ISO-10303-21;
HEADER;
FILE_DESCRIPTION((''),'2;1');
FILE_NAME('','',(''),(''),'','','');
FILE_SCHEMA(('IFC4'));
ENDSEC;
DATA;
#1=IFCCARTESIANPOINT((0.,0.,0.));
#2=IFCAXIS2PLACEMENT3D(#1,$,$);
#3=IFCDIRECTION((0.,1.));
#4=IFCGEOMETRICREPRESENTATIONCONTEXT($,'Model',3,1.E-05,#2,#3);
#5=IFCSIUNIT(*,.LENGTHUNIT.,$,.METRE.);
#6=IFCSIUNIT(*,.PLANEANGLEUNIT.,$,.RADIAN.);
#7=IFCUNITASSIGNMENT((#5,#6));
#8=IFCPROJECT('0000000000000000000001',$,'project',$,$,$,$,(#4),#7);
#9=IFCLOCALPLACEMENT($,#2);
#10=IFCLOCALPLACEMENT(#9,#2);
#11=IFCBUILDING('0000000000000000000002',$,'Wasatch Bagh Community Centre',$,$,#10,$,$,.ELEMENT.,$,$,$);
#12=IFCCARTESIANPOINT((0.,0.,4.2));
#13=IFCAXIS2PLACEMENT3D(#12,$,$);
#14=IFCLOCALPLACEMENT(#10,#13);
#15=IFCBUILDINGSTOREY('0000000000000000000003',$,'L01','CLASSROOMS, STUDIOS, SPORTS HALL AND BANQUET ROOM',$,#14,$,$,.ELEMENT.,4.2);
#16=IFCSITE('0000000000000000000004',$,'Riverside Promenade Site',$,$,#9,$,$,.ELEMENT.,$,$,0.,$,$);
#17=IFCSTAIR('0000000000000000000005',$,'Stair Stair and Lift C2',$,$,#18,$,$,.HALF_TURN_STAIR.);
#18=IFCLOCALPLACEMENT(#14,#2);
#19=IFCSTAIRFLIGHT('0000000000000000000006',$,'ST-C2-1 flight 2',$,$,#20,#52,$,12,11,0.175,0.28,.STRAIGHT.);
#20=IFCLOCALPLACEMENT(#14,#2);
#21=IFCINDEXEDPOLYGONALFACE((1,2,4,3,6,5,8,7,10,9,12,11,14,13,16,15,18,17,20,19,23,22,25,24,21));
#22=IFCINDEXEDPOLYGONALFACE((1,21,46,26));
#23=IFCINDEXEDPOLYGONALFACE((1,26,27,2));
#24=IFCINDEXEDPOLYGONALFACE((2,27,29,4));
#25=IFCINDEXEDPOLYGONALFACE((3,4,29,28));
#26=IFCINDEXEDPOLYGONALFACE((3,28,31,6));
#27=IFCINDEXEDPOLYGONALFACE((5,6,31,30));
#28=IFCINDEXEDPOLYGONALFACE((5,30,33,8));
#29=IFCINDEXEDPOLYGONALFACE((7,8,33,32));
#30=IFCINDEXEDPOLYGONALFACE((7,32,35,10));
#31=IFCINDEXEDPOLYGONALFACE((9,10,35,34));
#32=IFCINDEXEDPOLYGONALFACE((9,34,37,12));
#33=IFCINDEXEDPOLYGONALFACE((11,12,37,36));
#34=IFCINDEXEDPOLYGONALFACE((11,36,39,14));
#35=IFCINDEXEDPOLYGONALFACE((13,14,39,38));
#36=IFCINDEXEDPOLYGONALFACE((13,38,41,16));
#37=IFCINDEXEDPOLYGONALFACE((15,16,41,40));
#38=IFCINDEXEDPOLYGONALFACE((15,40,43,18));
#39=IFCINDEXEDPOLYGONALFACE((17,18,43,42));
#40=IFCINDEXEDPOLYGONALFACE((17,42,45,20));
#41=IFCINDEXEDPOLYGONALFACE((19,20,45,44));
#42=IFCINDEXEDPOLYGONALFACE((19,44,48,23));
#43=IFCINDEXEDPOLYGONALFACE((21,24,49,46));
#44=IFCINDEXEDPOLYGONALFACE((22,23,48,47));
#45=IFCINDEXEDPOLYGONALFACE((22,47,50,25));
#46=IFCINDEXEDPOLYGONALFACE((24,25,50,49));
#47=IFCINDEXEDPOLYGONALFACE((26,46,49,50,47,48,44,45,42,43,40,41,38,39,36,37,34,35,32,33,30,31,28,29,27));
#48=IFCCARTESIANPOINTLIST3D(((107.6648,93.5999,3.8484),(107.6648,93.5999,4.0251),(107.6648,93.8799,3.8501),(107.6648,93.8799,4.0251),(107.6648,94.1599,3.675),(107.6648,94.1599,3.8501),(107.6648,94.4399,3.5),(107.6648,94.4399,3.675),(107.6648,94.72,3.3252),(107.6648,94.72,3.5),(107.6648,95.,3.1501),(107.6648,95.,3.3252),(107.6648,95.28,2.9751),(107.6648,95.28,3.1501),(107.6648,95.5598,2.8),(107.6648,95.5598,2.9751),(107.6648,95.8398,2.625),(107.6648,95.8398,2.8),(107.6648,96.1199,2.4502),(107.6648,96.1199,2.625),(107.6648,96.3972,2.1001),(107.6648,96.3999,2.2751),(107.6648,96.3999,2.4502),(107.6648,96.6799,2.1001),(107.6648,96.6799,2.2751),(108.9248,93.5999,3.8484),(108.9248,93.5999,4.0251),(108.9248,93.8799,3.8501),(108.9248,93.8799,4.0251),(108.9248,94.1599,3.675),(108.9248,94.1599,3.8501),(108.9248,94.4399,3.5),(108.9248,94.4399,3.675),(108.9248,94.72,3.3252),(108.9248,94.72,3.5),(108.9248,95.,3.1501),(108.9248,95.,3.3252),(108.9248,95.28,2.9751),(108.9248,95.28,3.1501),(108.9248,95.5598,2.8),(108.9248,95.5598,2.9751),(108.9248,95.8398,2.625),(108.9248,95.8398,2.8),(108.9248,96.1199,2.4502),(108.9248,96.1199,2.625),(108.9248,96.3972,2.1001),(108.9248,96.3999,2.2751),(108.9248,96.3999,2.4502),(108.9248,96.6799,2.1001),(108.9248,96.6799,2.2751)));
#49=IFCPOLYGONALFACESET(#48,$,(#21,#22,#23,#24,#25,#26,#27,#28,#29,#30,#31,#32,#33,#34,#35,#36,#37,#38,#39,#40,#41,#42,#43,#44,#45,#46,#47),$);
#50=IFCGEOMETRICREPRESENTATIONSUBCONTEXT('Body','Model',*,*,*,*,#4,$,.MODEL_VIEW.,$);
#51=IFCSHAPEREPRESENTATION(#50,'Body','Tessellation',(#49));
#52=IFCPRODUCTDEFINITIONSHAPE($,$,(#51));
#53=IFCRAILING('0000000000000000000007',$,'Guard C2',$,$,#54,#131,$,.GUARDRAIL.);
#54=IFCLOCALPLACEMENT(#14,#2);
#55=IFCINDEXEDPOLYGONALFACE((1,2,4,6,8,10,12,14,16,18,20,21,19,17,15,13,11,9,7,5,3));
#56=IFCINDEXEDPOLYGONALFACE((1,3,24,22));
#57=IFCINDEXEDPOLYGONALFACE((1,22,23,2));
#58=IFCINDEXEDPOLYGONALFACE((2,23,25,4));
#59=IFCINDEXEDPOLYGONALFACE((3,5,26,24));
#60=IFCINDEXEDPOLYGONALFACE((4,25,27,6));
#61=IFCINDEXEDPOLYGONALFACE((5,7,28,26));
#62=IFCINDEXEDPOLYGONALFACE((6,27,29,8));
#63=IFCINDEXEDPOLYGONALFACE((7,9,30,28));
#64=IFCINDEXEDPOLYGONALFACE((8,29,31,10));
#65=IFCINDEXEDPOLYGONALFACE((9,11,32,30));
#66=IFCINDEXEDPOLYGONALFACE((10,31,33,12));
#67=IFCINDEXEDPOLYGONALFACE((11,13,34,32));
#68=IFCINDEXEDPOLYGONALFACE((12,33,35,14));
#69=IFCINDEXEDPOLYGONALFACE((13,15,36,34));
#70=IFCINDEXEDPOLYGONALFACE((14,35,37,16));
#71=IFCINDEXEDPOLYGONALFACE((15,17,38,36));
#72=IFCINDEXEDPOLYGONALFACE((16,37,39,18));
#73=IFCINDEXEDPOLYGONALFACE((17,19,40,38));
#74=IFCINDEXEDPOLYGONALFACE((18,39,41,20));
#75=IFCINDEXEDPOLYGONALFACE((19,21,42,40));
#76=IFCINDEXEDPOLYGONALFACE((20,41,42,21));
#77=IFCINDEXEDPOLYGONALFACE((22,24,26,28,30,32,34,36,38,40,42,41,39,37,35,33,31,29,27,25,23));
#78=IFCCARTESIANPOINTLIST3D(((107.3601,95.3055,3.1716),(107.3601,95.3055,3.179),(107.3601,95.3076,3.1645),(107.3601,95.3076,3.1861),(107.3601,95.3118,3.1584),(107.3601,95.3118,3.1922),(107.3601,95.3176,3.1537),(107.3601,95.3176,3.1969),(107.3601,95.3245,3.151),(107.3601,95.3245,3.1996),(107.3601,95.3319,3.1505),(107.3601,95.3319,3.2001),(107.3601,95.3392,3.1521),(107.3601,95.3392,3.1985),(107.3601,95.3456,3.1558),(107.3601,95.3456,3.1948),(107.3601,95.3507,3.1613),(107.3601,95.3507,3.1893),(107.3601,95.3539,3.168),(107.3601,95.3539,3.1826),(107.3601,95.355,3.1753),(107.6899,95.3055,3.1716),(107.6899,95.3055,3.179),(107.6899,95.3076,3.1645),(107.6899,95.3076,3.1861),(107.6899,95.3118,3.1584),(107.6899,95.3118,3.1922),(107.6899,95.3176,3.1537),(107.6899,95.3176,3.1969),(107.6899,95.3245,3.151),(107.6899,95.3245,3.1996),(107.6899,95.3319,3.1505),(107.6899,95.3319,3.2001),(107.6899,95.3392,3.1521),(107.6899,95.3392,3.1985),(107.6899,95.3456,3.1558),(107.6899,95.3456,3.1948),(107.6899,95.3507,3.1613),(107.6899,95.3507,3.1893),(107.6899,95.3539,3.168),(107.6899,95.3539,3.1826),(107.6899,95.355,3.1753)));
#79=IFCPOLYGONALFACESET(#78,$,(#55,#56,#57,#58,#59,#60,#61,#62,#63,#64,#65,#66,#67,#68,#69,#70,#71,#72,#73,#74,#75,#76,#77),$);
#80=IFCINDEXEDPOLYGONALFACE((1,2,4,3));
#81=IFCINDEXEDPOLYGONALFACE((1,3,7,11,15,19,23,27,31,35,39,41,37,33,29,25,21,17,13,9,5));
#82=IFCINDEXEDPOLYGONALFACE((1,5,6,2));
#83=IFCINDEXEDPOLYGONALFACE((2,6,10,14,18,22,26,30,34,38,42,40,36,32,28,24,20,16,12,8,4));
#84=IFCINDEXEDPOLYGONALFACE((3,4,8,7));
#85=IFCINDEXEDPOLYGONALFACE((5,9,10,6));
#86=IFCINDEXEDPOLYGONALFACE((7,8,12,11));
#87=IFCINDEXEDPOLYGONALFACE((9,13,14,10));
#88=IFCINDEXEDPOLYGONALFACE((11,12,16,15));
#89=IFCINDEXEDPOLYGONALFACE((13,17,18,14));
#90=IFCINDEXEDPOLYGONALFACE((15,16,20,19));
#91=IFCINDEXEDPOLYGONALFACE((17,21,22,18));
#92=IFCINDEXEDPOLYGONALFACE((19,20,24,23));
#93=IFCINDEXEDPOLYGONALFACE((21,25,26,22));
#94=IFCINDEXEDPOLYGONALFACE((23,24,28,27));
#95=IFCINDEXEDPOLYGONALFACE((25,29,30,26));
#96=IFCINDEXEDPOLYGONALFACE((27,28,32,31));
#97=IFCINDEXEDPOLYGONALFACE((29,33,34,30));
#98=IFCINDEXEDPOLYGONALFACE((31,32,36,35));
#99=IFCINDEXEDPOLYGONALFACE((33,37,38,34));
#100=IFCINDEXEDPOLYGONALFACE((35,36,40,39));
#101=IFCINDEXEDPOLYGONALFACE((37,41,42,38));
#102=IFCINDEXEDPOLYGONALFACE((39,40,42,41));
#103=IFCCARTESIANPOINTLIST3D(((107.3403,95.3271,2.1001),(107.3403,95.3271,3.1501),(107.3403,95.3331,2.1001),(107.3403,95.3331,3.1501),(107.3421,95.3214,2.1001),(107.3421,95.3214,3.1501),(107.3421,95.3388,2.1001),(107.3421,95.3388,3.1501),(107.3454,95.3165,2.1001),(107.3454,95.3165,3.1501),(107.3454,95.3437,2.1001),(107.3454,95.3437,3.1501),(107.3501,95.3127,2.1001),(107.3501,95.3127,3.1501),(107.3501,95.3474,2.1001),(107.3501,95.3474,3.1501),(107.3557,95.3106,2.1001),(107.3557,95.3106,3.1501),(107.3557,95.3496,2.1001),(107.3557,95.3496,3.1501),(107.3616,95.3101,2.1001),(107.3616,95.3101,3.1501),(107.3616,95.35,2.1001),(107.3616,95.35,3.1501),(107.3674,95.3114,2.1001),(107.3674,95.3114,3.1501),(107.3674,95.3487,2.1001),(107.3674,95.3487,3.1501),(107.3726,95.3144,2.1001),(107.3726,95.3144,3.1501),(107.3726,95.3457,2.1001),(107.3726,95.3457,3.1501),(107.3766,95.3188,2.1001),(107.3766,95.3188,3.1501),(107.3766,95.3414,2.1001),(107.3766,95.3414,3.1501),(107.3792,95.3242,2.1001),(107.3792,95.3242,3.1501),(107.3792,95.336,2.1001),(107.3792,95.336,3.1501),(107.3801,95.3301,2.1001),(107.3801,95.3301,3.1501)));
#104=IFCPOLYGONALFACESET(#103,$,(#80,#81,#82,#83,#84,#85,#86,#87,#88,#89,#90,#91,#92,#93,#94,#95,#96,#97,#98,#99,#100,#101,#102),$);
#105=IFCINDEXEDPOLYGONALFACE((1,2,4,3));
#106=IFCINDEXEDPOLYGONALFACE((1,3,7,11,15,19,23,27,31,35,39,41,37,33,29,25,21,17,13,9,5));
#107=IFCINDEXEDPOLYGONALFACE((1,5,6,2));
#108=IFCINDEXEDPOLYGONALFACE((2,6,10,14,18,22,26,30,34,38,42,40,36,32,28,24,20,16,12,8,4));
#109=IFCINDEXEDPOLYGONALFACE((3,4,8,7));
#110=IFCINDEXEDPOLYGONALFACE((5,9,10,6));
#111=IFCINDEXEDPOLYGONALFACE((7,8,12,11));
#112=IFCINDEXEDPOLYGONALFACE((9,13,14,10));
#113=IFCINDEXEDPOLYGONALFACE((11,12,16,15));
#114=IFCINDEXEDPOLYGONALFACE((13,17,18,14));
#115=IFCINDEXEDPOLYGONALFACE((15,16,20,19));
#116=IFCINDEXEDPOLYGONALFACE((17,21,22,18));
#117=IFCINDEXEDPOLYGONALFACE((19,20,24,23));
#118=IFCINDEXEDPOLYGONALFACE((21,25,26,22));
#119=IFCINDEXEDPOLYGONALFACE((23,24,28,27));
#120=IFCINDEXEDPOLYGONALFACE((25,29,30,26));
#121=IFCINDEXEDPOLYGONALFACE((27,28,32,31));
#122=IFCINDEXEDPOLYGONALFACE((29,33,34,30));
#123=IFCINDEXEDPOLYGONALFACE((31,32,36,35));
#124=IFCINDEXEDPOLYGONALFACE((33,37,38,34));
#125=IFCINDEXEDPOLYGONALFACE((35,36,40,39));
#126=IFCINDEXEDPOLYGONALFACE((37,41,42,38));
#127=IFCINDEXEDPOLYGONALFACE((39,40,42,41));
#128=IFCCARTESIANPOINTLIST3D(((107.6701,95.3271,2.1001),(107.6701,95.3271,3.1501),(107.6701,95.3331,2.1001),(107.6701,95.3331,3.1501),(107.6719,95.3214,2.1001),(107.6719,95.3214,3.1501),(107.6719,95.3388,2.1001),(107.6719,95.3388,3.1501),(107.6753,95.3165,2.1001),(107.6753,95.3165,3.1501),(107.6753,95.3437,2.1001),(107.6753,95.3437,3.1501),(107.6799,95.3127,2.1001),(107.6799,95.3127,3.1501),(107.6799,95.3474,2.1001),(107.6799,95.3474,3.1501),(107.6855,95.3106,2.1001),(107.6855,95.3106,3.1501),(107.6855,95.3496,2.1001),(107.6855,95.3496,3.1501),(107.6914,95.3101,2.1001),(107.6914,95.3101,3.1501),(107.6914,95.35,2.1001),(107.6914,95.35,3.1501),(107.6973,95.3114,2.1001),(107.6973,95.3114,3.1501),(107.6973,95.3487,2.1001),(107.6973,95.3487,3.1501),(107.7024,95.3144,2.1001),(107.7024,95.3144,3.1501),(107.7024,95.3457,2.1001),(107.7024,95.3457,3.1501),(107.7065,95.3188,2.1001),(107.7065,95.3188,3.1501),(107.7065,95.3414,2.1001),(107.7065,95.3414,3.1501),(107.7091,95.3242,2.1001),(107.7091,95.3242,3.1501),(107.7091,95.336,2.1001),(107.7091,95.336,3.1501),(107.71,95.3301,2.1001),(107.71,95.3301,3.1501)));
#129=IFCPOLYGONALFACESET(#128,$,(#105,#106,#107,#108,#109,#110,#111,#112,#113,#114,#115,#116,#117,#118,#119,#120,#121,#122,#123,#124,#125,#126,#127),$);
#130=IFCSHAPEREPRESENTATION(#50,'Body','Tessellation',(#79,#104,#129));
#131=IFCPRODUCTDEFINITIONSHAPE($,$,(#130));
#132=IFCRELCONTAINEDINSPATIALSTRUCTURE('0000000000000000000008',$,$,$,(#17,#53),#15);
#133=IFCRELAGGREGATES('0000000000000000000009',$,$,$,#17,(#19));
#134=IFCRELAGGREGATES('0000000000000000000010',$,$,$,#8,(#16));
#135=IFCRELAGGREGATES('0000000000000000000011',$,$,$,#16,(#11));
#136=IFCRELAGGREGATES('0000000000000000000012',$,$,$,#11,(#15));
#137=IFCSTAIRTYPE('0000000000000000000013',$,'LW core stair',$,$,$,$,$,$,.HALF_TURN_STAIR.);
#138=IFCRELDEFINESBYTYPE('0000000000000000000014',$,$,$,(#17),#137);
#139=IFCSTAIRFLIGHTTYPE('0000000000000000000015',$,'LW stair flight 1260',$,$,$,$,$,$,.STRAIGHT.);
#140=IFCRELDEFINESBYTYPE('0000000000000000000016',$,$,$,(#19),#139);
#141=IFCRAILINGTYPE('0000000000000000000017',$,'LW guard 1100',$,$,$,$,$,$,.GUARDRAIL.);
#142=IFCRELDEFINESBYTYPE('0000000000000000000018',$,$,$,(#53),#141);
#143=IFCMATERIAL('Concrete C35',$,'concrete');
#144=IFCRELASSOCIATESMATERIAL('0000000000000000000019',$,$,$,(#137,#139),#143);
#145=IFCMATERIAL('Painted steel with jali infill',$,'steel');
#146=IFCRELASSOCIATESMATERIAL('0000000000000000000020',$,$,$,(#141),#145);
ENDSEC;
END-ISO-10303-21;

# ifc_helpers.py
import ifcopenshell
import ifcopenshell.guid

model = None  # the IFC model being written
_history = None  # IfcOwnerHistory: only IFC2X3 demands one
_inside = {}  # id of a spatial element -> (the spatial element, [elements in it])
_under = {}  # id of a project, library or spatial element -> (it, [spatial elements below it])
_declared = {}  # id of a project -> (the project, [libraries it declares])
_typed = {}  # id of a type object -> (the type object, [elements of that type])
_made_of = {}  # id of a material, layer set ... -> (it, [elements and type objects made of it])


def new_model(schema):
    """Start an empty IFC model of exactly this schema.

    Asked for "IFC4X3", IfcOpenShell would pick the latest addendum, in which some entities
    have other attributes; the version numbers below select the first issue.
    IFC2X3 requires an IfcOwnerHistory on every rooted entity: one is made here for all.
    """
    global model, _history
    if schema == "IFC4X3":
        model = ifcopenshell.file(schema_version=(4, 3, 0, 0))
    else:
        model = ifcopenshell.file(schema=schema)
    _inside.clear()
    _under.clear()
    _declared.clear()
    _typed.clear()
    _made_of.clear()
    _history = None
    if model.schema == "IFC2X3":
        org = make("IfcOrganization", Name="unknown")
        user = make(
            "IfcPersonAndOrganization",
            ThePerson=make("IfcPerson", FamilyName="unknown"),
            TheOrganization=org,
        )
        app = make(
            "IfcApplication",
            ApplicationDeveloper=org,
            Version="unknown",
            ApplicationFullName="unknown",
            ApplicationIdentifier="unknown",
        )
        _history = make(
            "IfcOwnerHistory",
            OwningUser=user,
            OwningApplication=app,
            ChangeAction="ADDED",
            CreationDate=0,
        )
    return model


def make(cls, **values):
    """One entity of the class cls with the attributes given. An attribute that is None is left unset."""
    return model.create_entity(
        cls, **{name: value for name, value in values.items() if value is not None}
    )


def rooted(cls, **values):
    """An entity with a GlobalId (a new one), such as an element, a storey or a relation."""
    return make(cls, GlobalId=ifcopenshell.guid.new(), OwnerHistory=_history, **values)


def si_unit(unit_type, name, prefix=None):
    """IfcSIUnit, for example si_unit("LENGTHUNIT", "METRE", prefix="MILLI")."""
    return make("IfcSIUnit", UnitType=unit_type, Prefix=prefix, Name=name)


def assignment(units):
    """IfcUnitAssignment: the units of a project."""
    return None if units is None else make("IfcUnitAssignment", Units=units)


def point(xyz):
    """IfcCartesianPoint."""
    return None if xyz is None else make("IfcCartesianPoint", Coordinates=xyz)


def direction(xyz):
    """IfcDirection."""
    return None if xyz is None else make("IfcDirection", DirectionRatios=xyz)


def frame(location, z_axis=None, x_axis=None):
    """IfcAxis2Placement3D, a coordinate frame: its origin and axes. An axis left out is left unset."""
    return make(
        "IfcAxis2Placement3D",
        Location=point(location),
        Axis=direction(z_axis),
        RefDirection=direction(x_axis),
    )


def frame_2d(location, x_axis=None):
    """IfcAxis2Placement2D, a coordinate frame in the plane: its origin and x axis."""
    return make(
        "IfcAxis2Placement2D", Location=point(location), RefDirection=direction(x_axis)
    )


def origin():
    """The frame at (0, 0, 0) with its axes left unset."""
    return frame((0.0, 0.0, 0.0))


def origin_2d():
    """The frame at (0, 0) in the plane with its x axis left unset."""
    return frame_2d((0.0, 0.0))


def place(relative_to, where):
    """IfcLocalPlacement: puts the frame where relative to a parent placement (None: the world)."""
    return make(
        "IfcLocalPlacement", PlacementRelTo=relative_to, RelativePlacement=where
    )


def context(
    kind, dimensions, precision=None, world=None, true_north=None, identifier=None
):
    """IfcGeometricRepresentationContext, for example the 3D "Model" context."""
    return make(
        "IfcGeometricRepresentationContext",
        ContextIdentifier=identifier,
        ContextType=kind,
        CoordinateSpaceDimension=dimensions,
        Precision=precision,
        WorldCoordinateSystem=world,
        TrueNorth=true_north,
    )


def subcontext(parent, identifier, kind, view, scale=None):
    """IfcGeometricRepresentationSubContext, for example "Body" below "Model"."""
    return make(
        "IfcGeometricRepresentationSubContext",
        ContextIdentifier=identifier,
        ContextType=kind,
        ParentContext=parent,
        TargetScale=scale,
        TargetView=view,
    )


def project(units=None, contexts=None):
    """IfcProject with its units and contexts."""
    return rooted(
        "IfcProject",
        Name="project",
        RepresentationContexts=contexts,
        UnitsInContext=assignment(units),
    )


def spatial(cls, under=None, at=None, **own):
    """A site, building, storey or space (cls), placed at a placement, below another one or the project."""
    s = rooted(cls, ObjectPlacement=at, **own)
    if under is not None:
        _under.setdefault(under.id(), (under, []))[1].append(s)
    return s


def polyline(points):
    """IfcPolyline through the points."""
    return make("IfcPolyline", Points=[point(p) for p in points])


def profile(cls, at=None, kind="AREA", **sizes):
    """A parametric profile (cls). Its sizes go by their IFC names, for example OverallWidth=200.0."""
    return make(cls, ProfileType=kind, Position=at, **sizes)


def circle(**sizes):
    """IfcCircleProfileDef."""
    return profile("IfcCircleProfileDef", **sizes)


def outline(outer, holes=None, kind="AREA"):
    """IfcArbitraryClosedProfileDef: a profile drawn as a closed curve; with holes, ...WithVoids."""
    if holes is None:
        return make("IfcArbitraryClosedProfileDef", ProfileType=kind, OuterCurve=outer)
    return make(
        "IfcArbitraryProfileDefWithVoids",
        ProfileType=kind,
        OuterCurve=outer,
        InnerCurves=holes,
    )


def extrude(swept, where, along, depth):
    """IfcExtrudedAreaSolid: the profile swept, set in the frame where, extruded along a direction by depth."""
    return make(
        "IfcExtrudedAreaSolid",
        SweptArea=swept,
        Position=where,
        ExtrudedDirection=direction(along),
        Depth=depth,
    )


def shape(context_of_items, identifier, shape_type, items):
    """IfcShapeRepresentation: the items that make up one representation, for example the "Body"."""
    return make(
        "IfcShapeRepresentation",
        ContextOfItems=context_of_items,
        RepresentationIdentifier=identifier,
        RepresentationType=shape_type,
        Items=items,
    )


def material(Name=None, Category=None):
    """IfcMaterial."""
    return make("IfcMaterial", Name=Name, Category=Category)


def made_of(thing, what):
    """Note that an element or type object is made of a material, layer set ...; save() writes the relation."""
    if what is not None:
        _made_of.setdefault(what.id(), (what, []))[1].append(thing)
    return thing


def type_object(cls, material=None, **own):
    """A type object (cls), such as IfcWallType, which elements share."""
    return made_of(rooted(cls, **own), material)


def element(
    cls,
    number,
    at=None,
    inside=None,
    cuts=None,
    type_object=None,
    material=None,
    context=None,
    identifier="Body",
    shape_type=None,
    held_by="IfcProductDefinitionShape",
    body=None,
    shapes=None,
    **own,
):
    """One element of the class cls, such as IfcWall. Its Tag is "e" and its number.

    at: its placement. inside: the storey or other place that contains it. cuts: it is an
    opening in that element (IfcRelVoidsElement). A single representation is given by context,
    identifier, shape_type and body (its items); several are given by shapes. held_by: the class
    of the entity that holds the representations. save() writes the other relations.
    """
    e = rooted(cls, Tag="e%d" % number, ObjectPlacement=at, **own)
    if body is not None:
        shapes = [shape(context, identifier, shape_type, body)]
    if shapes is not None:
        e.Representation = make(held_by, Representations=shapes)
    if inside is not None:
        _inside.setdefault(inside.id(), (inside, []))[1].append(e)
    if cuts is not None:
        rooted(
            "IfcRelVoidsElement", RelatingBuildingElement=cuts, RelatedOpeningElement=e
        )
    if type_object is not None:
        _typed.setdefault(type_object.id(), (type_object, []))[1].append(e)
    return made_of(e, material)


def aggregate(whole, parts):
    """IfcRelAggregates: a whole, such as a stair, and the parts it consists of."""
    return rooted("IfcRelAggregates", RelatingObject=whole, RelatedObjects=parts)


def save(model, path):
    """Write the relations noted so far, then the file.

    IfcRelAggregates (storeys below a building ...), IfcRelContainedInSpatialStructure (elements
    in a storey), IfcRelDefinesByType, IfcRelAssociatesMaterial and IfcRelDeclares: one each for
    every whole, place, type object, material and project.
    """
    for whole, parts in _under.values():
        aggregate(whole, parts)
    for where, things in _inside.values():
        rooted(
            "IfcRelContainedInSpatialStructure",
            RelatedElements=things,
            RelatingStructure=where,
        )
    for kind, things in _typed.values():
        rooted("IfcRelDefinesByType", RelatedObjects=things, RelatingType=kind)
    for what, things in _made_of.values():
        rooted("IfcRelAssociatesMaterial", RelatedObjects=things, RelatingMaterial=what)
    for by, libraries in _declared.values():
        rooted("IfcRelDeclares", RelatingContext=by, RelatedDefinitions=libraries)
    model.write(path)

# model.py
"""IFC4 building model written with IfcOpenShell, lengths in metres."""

from ifc_helpers import new_model, si_unit, direction, frame, origin, origin_2d, place, context, subcontext, project, spatial, polyline, circle, outline, extrude, material, type_object, element, aggregate, save


model = new_model("IFC4")

# Units and contexts
model_context = context("Model", 3, precision=1e-05, world=origin(), true_north=direction((0.0, 1.0)))
body_context = subcontext(model_context, "Body", "Model", "MODEL_VIEW")
ifc_project = project(units=[si_unit("LENGTHUNIT", "METRE"), si_unit("PLANEANGLEUNIT", "RADIAN")], contexts=[model_context])

# Site, building, storey
site_placement = place(None, origin())
site = spatial("IfcSite", under=ifc_project, at=site_placement, Name="Riverside Promenade Site", CompositionType="ELEMENT", RefElevation=0.0)
building_placement = place(site_placement, origin())
building = spatial("IfcBuilding", under=site, at=building_placement, Name="Wasatch Bagh Community Centre", CompositionType="ELEMENT")
storey_placement = place(building_placement, frame((0.0, 0.0, 4.2)))
storey = spatial("IfcBuildingStorey", under=building, at=storey_placement, Name="L01", Description="CLASSROOMS, STUDIOS, SPORTS HALL AND BANQUET ROOM", CompositionType="ELEMENT", Elevation=4.2)

# Stair, stair flight
ifc_material_1 = material(Name="Concrete C35", Category="concrete")
stair_type = type_object("IfcStairType", Name="LW core stair", PredefinedType="HALF_TURN_STAIR", material=ifc_material_1)
stair_placement = place(storey_placement, origin())
stair = element("IfcStair", 1, at=stair_placement, inside=storey, type_object=stair_type, Name="Stair Stair and Lift C2", PredefinedType="HALF_TURN_STAIR")
stair_flight_type = type_object("IfcStairFlightType", Name="LW stair flight 1260", PredefinedType="STRAIGHT", material=ifc_material_1)
stair_flight_1_placement = place(storey_placement, frame((108.2949, 96.6799, 2.1001), z_axis=(0.0, 0.0, 1.0), x_axis=(0.0, -1.0, 0.0)))
stair_flight_1 = element("IfcStairFlight", 2, at=stair_flight_1_placement, type_object=stair_flight_type, Name="ST-C2-1 flight 2", NumberOfRisers=12, NumberOfTreads=11, PredefinedType="STRAIGHT", RiserHeight=0.175, TreadLength=0.28, context=body_context, shape_type="SweptSolid", body=[
    extrude(outline(polyline([(0.0, 0.0), (0.0, 0.175), (0.28, 0.175), (0.28, 0.3501), (0.5601, 0.3501), (0.5601, 0.5249), (0.8401, 0.5249), (0.8401, 0.7), (1.1201, 0.7), (1.1201, 0.875), (1.3999, 0.875), (1.3999, 1.05), (1.6799, 1.05), (1.6799, 1.2251), (1.96, 1.2251), (1.96, 1.3999), (2.24, 1.3999), (2.24, 1.575), (2.52, 1.575), (2.52, 1.75), (2.8, 1.75), (2.8, 1.925), (3.0801, 1.925), (3.0801, 2.1001), (3.0801, 1.7483), (0.2827, 0.0), (0.0, 0.0)])), frame((0.0, 0.6299, 0.0), z_axis=(0.0, -1.0, 0.0), x_axis=(1.0, 0.0, 0.0)), (0.0, 0.0, 1.0), 1.26),
])
aggregate(stair, [stair_flight_1])

# Railing
ifc_material_2 = material(Name="Painted steel with jali infill", Category="steel")
railing_type_1 = type_object("IfcRailingType", Name="LW guard 1100", PredefinedType="GUARDRAIL", material=ifc_material_2)
railing_1_placement = place(storey_placement, frame((107.3601, 95.3301, 2.1001)))
element("IfcRailing", 3, at=railing_1_placement, inside=storey, type_object=railing_type_1, Name="Guard C2", PredefinedType="GUARDRAIL", context=body_context, shape_type="SweptSolid", body=[
    extrude(circle(Radius=0.0249, at=origin_2d()), frame((0.0, 0.0, 1.0752), z_axis=(1.0, 0.0, 0.0), x_axis=(0.0, 1.0, 0.0)), (0.0, 0.0, 1.0), 0.3298),
    extrude(circle(Radius=0.02, at=origin_2d()), origin(), (0.0, 0.0, 1.0), 1.05),
    extrude(circle(Radius=0.02, at=origin_2d()), frame((0.3298, 0.0, 0.0)), (0.0, 0.0, 1.0), 1.05),
])

save(model, "model.ifc")
